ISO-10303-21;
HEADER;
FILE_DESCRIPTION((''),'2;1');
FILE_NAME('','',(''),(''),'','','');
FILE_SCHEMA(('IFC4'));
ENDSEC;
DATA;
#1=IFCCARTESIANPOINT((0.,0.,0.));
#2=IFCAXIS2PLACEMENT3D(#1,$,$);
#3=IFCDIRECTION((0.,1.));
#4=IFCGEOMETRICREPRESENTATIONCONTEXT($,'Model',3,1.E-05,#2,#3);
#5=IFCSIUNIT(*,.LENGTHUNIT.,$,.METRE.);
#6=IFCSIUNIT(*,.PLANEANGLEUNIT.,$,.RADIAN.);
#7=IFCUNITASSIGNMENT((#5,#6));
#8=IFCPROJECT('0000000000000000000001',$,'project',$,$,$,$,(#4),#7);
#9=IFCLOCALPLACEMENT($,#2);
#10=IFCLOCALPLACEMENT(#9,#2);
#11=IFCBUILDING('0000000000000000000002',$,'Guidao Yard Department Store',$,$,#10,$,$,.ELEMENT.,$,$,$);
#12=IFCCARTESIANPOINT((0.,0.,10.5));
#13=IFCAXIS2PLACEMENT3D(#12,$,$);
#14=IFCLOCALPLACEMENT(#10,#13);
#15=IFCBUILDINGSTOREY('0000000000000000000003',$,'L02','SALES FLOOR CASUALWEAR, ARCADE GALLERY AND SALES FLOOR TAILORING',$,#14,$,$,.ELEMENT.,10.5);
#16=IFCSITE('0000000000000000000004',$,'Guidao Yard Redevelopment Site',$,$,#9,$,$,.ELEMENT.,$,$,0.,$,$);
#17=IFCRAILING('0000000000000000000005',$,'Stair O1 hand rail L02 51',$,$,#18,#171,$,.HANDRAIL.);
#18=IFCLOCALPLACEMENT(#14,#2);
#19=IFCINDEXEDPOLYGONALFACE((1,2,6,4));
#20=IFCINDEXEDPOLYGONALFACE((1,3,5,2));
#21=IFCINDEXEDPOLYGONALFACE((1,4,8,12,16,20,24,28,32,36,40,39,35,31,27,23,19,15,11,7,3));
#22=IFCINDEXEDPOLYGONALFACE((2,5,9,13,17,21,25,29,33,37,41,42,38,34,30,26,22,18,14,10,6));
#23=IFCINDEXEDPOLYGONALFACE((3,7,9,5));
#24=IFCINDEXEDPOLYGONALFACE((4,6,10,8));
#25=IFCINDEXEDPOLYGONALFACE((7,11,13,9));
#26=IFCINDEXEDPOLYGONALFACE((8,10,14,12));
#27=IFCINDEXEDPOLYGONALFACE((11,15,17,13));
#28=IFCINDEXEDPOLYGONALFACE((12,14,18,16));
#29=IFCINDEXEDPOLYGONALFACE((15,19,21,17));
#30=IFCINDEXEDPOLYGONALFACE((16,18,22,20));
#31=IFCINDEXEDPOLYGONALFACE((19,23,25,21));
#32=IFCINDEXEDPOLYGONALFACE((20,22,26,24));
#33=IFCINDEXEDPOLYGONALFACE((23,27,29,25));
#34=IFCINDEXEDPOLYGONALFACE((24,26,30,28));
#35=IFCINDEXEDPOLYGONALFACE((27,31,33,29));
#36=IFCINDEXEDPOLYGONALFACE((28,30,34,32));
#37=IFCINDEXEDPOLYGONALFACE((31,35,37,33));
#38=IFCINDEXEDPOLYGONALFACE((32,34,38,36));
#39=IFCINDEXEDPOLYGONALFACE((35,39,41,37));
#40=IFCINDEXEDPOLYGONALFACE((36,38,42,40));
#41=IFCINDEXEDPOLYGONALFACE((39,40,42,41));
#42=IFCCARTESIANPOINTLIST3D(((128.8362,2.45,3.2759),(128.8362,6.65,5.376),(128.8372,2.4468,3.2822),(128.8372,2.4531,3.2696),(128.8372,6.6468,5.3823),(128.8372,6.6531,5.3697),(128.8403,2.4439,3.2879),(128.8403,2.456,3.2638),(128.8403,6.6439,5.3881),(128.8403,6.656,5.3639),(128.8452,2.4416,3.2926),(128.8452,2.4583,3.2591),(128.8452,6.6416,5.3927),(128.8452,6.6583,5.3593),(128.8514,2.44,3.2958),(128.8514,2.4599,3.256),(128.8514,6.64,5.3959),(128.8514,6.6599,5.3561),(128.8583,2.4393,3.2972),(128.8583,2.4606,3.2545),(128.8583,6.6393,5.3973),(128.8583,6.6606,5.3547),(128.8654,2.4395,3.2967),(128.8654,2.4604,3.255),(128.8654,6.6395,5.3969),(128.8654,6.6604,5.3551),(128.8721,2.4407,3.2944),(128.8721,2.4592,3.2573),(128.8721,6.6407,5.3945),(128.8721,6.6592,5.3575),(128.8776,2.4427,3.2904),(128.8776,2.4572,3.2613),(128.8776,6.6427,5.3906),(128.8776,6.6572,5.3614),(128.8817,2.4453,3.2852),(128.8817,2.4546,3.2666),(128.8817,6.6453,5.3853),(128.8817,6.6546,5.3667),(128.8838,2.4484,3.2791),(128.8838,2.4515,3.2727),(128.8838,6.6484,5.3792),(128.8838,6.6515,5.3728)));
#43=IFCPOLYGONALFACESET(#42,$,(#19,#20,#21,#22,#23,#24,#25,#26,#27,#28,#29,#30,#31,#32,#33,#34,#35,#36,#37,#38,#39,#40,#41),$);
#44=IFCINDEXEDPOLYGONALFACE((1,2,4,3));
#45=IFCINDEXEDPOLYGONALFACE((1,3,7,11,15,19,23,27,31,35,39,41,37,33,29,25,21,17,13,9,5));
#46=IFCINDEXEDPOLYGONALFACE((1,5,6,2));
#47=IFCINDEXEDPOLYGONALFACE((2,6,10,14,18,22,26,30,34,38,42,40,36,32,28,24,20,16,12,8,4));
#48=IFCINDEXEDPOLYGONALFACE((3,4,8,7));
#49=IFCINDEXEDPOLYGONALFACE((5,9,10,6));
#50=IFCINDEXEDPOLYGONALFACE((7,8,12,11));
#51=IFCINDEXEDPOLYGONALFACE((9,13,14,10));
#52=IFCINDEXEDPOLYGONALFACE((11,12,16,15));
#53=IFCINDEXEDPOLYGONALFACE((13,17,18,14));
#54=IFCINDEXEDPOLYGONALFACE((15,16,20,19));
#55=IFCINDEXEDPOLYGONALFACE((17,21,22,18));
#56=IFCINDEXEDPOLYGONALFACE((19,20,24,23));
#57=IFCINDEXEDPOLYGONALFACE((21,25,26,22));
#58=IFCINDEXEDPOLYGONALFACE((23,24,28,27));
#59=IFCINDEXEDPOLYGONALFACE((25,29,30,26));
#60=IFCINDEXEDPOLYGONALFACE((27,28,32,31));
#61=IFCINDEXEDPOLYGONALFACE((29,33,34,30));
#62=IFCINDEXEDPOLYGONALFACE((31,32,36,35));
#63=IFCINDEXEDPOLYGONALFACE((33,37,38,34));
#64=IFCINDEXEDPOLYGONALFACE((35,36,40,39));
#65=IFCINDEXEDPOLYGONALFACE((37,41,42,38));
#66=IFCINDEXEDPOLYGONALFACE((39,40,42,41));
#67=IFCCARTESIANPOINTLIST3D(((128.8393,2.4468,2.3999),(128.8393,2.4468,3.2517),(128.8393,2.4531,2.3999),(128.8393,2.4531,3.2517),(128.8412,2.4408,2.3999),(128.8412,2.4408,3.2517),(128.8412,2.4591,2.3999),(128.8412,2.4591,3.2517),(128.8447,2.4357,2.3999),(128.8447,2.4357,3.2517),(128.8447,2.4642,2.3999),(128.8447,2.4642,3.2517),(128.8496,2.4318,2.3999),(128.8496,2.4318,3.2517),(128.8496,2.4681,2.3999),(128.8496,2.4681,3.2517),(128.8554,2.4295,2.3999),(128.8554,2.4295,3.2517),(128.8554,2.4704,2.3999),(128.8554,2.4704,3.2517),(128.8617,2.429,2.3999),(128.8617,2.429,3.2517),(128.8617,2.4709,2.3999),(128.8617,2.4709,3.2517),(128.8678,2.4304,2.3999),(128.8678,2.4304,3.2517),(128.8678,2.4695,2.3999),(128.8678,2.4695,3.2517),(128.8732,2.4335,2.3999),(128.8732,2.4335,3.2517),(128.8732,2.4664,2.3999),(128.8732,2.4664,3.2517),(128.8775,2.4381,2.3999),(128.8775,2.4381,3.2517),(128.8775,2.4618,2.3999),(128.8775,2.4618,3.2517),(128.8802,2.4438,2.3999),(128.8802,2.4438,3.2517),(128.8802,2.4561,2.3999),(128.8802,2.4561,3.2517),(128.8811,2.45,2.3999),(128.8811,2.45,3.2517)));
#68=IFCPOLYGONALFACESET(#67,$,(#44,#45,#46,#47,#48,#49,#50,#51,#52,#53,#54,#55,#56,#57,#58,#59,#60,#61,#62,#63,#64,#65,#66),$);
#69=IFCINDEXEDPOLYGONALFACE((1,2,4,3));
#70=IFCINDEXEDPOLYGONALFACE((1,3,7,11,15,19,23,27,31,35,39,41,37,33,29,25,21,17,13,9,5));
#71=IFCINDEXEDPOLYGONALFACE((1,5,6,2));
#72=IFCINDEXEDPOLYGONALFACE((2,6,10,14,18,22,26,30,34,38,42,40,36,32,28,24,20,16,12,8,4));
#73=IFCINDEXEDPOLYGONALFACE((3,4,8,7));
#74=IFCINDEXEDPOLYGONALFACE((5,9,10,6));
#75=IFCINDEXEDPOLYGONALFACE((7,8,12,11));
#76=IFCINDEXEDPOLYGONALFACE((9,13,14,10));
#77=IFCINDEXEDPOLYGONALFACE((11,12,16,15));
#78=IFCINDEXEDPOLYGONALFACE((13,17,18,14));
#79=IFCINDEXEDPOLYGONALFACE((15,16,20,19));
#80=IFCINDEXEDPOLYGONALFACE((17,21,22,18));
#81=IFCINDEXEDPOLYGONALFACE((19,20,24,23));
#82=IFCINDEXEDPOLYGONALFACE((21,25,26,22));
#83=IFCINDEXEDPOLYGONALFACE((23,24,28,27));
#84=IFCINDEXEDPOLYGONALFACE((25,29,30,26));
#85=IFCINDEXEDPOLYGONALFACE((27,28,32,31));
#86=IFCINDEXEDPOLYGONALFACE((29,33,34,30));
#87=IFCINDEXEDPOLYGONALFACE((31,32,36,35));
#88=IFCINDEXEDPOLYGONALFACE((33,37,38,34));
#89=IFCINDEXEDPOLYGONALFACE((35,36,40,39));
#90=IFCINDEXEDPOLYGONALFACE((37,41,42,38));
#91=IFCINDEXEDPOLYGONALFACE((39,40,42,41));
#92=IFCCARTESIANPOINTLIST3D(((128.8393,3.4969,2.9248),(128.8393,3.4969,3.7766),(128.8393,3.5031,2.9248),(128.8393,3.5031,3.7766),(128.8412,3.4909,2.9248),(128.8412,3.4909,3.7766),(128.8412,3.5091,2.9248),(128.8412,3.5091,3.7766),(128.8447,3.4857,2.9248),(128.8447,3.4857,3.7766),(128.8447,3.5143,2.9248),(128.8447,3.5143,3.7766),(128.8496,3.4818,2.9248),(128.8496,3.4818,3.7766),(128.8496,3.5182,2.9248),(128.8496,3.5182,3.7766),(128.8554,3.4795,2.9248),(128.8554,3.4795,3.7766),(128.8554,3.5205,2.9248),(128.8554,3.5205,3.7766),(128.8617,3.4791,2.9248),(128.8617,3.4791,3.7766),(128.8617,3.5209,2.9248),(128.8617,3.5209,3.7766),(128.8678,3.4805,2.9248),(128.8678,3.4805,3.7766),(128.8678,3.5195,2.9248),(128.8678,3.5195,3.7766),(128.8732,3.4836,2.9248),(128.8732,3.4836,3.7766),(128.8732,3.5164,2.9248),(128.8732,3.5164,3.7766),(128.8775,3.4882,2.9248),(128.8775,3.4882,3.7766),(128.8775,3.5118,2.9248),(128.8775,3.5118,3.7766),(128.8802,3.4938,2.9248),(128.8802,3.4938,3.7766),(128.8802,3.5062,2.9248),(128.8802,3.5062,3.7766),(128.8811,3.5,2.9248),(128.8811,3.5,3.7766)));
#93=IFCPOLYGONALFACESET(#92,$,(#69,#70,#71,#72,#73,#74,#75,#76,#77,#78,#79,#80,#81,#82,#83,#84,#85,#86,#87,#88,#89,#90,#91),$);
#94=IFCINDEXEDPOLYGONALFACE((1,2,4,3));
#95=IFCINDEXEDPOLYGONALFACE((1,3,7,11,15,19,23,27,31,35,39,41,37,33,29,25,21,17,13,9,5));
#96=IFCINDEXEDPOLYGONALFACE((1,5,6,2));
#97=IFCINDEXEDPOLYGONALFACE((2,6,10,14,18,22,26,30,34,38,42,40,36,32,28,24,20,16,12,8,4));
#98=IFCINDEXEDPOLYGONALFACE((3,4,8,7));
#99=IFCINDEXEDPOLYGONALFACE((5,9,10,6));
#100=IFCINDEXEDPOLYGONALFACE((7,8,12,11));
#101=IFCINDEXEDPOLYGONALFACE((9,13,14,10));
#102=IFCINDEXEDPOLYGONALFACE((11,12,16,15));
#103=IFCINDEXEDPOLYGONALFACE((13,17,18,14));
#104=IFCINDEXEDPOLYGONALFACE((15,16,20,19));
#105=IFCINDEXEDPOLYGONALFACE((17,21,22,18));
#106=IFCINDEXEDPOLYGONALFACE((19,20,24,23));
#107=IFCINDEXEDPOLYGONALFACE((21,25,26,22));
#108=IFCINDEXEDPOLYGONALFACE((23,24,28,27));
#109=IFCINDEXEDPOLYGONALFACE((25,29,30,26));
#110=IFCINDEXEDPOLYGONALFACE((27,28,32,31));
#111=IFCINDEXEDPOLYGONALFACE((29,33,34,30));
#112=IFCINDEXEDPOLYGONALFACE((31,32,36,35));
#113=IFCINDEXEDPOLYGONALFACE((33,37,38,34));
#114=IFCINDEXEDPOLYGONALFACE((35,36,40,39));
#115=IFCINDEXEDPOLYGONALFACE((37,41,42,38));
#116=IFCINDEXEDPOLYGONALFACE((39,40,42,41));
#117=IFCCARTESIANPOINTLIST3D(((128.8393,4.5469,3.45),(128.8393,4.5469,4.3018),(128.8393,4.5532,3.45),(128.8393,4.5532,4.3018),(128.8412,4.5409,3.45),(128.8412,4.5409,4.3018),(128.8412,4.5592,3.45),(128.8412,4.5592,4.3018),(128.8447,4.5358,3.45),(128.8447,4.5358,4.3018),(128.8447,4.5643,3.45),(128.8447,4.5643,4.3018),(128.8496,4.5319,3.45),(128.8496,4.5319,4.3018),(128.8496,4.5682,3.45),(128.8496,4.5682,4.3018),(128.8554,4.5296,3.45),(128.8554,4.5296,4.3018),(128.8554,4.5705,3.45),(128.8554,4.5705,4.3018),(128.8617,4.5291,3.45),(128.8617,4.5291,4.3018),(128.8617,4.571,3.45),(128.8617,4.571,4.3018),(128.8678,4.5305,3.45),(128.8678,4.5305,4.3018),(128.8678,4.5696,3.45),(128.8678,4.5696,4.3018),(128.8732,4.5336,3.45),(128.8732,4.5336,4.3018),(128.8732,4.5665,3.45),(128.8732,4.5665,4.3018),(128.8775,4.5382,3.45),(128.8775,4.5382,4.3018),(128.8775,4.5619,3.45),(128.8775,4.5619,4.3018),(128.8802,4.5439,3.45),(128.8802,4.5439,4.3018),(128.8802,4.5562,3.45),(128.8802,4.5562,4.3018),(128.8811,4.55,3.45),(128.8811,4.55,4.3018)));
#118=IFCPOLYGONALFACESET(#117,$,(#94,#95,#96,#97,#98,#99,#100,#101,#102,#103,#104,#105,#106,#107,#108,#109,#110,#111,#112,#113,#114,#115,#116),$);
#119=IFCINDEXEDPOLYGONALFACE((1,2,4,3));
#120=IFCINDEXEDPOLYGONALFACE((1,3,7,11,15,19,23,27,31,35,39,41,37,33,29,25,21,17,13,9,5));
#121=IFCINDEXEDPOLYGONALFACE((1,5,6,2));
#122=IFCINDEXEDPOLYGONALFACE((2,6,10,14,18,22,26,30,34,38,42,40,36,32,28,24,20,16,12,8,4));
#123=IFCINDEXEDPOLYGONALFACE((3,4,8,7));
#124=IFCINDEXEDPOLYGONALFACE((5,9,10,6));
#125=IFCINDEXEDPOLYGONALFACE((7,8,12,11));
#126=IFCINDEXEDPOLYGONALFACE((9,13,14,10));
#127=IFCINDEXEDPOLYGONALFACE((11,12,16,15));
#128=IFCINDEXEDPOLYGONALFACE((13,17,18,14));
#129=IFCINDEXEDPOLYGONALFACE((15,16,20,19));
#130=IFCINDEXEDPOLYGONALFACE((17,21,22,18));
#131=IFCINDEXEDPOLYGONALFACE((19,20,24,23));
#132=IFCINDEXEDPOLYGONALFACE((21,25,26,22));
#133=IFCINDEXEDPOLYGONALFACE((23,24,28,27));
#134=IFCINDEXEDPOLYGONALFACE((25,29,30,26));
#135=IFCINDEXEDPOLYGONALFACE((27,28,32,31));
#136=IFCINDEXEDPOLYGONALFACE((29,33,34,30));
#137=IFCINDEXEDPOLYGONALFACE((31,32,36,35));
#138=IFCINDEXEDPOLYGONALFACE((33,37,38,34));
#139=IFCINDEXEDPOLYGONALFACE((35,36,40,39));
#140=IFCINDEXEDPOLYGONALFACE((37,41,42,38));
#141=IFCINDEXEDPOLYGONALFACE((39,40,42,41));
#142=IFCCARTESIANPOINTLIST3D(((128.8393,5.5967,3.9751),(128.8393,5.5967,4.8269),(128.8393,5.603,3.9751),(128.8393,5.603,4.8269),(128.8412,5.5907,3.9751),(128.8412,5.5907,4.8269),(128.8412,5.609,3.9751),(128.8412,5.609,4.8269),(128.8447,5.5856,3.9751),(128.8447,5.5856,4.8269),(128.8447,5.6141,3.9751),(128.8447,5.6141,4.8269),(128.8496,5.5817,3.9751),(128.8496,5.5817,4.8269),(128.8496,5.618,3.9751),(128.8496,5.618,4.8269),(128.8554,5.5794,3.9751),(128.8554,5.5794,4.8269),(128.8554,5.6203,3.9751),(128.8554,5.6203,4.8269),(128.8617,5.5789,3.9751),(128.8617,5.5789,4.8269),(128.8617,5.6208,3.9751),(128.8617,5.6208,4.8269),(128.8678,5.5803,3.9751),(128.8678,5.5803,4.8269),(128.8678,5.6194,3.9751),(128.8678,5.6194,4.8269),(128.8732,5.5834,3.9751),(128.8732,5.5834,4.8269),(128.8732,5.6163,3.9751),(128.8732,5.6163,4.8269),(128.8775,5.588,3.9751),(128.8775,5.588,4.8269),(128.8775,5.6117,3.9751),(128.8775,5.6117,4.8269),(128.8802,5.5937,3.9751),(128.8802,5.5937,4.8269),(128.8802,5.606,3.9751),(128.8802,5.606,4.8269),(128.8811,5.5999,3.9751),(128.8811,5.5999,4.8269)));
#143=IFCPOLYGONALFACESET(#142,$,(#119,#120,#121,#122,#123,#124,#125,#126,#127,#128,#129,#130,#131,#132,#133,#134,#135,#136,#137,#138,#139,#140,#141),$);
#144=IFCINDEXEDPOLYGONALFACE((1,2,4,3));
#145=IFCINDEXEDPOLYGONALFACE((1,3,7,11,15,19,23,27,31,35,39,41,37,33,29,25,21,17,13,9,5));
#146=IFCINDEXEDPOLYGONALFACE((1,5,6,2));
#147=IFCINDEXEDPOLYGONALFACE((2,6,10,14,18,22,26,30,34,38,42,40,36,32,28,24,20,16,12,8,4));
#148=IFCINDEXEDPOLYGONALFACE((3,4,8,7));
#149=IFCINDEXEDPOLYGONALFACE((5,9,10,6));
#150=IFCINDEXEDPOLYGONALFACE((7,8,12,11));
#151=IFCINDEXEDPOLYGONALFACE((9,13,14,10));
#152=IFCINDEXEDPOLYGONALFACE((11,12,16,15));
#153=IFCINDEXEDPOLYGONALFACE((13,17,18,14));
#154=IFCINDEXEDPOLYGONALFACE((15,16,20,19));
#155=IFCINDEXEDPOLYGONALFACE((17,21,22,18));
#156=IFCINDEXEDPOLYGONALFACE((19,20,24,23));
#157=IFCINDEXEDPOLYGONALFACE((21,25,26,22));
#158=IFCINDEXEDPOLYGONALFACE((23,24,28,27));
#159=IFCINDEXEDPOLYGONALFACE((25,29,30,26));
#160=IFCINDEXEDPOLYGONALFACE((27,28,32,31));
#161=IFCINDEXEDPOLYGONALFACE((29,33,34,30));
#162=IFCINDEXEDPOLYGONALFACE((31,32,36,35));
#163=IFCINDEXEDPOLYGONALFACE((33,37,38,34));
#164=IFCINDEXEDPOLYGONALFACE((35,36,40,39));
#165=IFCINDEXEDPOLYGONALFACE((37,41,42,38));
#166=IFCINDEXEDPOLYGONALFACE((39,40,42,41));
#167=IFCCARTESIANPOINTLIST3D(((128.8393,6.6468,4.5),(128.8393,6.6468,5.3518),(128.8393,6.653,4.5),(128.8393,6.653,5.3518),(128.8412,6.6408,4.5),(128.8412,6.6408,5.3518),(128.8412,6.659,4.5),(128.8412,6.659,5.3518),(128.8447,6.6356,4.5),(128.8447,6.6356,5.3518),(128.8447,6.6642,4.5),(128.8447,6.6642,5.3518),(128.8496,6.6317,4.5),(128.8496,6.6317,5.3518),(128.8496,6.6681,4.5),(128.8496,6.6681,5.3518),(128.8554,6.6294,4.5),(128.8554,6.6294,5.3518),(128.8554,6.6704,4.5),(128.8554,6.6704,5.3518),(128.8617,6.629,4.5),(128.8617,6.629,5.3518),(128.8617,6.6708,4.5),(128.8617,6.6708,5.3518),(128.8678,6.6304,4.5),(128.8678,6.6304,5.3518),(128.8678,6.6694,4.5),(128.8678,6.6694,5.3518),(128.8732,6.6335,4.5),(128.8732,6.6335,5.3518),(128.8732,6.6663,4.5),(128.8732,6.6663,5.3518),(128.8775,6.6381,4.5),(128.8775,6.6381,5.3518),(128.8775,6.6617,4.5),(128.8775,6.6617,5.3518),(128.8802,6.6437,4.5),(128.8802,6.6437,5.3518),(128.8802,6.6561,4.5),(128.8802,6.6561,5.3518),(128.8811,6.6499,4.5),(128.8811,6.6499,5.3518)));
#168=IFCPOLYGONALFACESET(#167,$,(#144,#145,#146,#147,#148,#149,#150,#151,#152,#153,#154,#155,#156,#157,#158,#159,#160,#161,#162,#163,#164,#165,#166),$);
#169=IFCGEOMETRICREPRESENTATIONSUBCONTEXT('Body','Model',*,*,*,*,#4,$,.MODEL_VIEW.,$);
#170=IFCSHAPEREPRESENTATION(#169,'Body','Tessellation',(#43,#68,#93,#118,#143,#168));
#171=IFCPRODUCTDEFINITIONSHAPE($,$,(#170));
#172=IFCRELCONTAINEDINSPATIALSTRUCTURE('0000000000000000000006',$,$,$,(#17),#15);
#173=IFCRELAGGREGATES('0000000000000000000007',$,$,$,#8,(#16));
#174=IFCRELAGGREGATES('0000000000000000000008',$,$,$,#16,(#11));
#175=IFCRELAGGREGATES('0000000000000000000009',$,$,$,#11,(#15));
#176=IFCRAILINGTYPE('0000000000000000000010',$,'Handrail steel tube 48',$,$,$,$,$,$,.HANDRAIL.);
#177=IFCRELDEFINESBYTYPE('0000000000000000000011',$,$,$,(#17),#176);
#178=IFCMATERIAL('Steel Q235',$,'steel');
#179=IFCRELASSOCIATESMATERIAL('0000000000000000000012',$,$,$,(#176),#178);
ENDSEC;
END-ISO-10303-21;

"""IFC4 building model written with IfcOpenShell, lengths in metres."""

from ifc_helpers import new_model, si_unit, direction, frame, origin, origin_2d, place, context, subcontext, project, spatial, circle, extrude, material, type_object, element, save


model = new_model("IFC4")

# Units and contexts
model_context = context("Model", 3, precision=1e-05, world=origin(), true_north=direction((0.0, 1.0)))
body_context = subcontext(model_context, "Body", "Model", "MODEL_VIEW")
ifc_project = project(units=[si_unit("LENGTHUNIT", "METRE"), si_unit("PLANEANGLEUNIT", "RADIAN")], contexts=[model_context])

# Site, building, storey
site_placement = place(None, origin())
site = spatial("IfcSite", under=ifc_project, at=site_placement, Name="Guidao Yard Redevelopment Site", CompositionType="ELEMENT", RefElevation=0.0)
building_placement = place(site_placement, origin())
building = spatial("IfcBuilding", under=site, at=building_placement, Name="Guidao Yard Department Store", CompositionType="ELEMENT")
storey_placement = place(building_placement, frame((0.0, 0.0, 10.5)))
storey = spatial("IfcBuildingStorey", under=building, at=storey_placement, Name="L02", Description="SALES FLOOR CASUALWEAR, ARCADE GALLERY AND SALES FLOOR TAILORING", CompositionType="ELEMENT", Elevation=10.5)

# Railing
ifc_material_1 = material(Name="Steel Q235", Category="steel")
railing_type_1 = type_object("IfcRailingType", Name="Handrail steel tube 48", PredefinedType="HANDRAIL", material=ifc_material_1)
for number, where, name in (
    (1, (128.8601, 2.45, 2.3999), "Stair O1 hand rail L02 51"),
):
    element("IfcRailing", number, at=place(storey_placement, frame(where)), inside=storey, type_object=railing_type_1, Name=name, PredefinedType="HANDRAIL", context=body_context, shape_type="SweptSolid", body=[
        extrude(circle(Radius=0.0239, at=origin_2d()), frame((0.0, 0.0, 0.876), z_axis=(0.0, 0.894417, 0.447234), x_axis=(-1.0, 0.0, 0.0)), (0.0, 0.0, 1.0), 4.6958),
        extrude(circle(Radius=0.021, at=origin_2d()), origin(), (0.0, 0.0, 1.0), 0.8518),
        extrude(circle(Radius=0.021, at=origin_2d()), frame((0.0, 1.05, 0.5249)), (0.0, 0.0, 1.0), 0.8518),
        extrude(circle(Radius=0.021, at=origin_2d()), frame((0.0, 2.1001, 1.05)), (0.0, 0.0, 1.0), 0.8518),
        extrude(circle(Radius=0.021, at=origin_2d()), frame((0.0, 3.1499, 1.5752)), (0.0, 0.0, 1.0), 0.8518),
        extrude(circle(Radius=0.021, at=origin_2d()), frame((0.0, 4.2, 2.1001)), (0.0, 0.0, 1.0), 0.8518),
    ])

save(model, "model.ifc")
